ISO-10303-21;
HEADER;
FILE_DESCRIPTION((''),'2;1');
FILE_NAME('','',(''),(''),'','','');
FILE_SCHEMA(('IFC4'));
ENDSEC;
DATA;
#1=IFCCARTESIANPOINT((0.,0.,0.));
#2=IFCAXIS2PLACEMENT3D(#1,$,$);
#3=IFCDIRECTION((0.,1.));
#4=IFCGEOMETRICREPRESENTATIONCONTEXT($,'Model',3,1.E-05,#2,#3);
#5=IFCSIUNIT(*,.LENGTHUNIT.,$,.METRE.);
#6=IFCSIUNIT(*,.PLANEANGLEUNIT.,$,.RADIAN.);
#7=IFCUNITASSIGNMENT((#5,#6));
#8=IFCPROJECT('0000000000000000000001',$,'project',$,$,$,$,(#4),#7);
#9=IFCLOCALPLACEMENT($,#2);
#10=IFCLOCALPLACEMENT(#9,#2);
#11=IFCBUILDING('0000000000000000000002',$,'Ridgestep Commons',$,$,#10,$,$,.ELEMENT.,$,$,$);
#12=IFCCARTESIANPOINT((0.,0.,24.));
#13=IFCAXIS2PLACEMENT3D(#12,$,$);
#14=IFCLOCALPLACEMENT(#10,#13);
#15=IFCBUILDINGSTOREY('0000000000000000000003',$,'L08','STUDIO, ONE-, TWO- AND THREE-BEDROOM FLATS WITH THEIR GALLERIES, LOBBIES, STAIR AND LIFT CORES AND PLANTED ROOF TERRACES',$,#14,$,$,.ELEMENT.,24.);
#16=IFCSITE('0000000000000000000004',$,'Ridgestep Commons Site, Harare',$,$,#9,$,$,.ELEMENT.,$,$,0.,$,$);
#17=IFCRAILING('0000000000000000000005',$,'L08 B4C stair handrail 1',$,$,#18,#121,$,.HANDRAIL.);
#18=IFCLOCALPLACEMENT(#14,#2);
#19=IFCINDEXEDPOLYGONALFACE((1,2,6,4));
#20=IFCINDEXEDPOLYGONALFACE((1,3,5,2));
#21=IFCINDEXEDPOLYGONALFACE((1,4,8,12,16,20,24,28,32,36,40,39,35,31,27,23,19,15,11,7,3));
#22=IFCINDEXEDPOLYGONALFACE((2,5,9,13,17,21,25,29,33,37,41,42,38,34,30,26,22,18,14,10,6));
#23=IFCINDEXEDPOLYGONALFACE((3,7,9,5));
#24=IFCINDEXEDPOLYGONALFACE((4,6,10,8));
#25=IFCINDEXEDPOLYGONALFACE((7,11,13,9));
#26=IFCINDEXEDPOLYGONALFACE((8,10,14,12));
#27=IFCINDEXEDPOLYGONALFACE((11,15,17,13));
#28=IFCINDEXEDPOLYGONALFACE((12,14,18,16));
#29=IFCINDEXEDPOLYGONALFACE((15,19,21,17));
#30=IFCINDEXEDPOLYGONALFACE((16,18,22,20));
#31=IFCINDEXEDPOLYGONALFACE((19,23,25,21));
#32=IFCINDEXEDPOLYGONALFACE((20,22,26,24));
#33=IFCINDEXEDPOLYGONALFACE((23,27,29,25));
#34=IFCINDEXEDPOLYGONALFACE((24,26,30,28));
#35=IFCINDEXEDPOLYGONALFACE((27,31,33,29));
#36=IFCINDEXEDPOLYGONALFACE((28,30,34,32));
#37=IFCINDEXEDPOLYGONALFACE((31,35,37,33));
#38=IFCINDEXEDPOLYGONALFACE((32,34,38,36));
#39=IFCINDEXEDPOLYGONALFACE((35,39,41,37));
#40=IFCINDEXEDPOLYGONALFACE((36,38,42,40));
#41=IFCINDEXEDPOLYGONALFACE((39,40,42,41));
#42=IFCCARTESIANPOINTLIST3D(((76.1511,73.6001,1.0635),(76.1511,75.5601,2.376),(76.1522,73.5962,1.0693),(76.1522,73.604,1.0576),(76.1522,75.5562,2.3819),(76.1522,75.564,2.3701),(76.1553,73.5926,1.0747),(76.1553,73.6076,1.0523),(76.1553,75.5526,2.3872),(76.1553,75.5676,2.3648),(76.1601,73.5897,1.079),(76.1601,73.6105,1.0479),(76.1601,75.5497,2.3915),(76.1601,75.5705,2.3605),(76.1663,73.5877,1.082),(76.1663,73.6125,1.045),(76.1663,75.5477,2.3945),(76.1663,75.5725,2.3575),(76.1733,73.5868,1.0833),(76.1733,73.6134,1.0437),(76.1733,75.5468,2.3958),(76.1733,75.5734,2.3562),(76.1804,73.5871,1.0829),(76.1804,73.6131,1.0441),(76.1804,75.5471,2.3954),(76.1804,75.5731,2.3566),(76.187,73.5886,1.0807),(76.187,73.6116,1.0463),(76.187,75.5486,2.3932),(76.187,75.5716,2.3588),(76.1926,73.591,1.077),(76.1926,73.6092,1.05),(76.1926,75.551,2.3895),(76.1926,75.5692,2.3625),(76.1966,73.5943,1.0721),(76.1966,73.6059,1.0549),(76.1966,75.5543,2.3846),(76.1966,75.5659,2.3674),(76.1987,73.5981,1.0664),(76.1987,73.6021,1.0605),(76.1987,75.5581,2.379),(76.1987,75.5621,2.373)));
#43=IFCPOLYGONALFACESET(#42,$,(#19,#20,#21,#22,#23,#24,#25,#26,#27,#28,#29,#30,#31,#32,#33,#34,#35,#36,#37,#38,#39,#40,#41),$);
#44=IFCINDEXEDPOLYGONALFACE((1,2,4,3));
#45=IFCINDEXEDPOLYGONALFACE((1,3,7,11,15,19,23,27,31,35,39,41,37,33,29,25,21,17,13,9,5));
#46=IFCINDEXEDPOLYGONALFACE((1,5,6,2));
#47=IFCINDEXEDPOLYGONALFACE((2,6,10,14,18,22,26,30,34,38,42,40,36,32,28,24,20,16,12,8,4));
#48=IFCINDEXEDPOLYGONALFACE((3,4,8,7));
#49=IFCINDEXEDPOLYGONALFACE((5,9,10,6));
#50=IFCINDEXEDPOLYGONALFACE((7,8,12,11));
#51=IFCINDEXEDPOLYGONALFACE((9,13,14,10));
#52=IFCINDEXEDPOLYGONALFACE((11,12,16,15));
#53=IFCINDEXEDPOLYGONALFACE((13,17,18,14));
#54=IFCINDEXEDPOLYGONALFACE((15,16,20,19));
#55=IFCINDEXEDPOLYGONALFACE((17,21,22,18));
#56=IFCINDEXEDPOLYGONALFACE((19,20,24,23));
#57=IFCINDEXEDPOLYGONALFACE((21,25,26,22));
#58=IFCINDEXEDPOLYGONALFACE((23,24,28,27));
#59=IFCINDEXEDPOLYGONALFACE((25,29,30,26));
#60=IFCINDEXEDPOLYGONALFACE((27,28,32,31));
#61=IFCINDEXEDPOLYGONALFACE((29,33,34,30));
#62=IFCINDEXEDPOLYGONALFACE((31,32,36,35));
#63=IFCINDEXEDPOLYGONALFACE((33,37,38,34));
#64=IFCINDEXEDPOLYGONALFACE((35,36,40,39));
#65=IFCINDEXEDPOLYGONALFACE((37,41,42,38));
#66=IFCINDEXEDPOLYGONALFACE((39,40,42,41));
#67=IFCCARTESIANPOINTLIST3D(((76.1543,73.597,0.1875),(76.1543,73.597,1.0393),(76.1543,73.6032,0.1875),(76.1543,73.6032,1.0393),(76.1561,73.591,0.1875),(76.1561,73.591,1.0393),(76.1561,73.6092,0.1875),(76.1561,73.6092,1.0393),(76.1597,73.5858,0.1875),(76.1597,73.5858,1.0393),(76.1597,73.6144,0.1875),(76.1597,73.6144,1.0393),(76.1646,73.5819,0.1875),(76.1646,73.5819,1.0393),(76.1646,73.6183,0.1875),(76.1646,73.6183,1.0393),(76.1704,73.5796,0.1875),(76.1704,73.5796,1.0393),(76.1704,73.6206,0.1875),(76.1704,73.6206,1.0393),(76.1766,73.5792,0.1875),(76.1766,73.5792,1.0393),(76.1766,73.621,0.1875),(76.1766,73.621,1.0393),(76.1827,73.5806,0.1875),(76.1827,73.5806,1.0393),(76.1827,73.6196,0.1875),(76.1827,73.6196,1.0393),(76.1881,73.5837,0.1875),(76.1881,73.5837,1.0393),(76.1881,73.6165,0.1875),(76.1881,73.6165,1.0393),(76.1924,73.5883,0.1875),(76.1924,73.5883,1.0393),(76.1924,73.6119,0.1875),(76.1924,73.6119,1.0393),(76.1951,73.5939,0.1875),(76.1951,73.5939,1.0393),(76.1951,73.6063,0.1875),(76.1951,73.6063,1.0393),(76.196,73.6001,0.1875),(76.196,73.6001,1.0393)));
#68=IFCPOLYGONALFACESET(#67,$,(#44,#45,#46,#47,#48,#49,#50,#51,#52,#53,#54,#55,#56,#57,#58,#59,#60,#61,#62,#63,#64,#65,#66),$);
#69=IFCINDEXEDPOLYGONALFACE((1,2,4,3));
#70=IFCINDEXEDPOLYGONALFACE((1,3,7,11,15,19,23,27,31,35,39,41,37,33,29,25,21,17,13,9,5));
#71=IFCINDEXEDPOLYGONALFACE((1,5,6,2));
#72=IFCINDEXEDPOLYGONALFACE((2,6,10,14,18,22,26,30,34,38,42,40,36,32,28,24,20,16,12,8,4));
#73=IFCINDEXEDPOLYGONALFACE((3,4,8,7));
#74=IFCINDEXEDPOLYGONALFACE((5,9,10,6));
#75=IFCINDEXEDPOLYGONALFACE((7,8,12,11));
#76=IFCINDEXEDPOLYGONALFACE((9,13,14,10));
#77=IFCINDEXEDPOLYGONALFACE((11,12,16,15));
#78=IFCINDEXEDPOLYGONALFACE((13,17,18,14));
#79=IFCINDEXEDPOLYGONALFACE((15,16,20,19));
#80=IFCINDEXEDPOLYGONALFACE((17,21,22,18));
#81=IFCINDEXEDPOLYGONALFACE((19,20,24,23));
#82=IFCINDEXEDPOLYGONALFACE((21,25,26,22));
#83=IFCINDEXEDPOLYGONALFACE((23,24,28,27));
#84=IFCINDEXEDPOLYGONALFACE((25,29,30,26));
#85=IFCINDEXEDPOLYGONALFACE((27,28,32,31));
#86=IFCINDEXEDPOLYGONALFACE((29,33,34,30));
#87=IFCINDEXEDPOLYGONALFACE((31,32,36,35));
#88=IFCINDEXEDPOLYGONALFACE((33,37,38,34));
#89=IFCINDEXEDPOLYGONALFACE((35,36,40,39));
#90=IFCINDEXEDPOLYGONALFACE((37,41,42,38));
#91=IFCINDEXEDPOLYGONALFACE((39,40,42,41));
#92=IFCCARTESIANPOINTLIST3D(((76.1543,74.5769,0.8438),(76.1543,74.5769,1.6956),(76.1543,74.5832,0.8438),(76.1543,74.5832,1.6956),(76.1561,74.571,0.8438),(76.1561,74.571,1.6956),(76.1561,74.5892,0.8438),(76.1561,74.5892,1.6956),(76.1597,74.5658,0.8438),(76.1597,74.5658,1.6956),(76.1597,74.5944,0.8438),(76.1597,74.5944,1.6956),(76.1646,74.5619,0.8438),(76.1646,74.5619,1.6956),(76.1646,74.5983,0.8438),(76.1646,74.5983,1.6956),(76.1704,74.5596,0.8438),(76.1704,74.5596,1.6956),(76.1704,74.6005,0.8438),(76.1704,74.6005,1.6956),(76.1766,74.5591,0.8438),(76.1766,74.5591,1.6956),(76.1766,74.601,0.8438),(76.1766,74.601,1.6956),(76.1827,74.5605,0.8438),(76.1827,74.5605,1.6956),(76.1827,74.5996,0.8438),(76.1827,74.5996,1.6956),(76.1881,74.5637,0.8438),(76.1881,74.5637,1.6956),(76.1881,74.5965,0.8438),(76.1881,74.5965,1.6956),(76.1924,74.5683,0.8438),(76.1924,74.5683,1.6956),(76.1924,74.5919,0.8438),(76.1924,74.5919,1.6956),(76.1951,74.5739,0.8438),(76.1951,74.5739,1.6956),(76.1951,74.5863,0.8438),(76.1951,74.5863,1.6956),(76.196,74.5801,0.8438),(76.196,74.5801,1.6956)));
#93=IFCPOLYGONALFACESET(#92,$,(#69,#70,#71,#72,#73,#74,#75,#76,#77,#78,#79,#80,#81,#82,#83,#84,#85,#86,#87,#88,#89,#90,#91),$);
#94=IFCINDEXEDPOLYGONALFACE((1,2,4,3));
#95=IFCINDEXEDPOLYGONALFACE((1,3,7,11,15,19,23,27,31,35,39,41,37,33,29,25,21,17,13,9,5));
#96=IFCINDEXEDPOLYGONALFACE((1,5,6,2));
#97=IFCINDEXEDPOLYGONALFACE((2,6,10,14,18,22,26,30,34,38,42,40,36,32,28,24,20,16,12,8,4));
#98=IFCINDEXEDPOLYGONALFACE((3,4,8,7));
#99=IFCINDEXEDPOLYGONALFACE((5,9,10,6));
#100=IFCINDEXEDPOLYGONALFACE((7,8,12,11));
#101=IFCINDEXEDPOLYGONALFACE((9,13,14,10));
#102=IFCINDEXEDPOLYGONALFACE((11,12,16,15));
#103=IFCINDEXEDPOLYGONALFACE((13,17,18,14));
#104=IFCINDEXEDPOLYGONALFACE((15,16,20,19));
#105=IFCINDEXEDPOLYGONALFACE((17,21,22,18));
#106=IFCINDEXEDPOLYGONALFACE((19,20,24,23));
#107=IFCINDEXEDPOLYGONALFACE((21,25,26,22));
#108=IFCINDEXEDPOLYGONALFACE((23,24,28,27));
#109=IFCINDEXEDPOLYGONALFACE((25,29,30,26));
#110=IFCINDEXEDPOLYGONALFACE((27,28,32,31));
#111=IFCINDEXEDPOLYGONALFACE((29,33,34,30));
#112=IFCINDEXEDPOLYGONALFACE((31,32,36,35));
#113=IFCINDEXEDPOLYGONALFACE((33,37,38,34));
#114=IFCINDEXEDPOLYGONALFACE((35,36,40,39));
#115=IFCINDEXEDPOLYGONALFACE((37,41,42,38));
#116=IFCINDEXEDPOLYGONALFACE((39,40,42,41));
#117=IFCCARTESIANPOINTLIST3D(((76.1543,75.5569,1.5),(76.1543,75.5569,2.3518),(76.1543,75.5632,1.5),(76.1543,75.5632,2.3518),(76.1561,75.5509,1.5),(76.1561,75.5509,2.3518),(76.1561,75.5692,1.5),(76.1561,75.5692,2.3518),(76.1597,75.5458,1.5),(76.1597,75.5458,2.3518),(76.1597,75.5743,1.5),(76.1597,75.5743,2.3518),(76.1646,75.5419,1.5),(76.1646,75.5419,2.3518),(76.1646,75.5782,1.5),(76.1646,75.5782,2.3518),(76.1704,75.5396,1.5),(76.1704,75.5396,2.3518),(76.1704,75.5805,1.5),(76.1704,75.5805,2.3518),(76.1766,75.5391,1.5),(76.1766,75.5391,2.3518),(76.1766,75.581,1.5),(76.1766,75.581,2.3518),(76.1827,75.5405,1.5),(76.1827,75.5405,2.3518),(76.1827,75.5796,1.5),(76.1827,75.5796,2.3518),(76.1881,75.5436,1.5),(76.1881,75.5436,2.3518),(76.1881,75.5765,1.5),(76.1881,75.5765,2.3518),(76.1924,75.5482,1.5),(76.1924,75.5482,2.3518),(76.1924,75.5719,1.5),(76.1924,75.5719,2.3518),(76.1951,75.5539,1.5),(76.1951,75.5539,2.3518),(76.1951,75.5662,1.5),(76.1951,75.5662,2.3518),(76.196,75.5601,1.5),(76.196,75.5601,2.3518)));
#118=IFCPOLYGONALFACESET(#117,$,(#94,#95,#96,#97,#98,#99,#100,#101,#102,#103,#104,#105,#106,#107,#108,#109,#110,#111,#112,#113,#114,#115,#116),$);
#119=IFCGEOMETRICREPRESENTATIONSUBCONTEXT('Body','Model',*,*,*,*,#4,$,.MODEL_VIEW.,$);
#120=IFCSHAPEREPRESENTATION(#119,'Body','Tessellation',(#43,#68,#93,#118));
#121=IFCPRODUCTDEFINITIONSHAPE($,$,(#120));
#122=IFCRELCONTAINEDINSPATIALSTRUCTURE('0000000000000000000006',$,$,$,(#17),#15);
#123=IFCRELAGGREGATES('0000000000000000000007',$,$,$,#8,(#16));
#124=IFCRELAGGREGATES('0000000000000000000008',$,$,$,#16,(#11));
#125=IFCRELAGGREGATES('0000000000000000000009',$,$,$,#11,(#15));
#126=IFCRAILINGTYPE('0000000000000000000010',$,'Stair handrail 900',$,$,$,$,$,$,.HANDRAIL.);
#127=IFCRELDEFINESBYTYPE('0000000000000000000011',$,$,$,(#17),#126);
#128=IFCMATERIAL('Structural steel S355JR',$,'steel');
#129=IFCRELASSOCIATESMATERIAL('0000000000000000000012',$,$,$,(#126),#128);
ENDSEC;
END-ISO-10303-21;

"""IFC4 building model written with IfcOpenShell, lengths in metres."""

from ifc_helpers import new_model, si_unit, direction, frame, origin, origin_2d, place, context, subcontext, project, spatial, circle, extrude, material, type_object, element, save


model = new_model("IFC4")

# Units and contexts
model_context = context("Model", 3, precision=1e-05, world=origin(), true_north=direction((0.0, 1.0)))
body_context = subcontext(model_context, "Body", "Model", "MODEL_VIEW")
ifc_project = project(units=[si_unit("LENGTHUNIT", "METRE"), si_unit("PLANEANGLEUNIT", "RADIAN")], contexts=[model_context])

# Site, building, storey
site_placement = place(None, origin())
site = spatial("IfcSite", under=ifc_project, at=site_placement, Name="Ridgestep Commons Site, Harare", CompositionType="ELEMENT", RefElevation=0.0)
building_placement = place(site_placement, origin())
building = spatial("IfcBuilding", under=site, at=building_placement, Name="Ridgestep Commons", CompositionType="ELEMENT")
storey_placement = place(building_placement, frame((0.0, 0.0, 24.0)))
storey = spatial("IfcBuildingStorey", under=building, at=storey_placement, Name="L08", Description="STUDIO, ONE-, TWO- AND THREE-BEDROOM FLATS WITH THEIR GALLERIES, LOBBIES, STAIR AND LIFT CORES AND PLANTED ROOF TERRACES", CompositionType="ELEMENT", Elevation=24.0)

# Railing
ifc_material_1 = material(Name="Structural steel S355JR", Category="steel")
railing_type_1 = type_object("IfcRailingType", Name="Stair handrail 900", PredefinedType="HANDRAIL", material=ifc_material_1)
railing_1_placement = place(storey_placement, frame((76.175, 73.6001, 0.1875)))
element("IfcRailing", 1, at=railing_1_placement, inside=storey, type_object=railing_type_1, Name="L08 B4C stair handrail 1", PredefinedType="HANDRAIL", context=body_context, shape_type="SweptSolid", body=[
    extrude(circle(Radius=0.0239, at=origin_2d()), frame((0.0, 0.0, 0.876), z_axis=(0.0, 0.830902, 0.556419), x_axis=(-1.0, 0.0, 0.0)), (0.0, 0.0, 1.0), 2.3589),
    extrude(circle(Radius=0.021, at=origin_2d()), origin(), (0.0, 0.0, 1.0), 0.8518),
    extrude(circle(Radius=0.021, at=origin_2d()), frame((0.0, 0.98, 0.6562)), (0.0, 0.0, 1.0), 0.8518),
    extrude(circle(Radius=0.021, at=origin_2d()), frame((0.0, 1.96, 1.3125)), (0.0, 0.0, 1.0), 0.8518),
])

save(model, "model.ifc")
